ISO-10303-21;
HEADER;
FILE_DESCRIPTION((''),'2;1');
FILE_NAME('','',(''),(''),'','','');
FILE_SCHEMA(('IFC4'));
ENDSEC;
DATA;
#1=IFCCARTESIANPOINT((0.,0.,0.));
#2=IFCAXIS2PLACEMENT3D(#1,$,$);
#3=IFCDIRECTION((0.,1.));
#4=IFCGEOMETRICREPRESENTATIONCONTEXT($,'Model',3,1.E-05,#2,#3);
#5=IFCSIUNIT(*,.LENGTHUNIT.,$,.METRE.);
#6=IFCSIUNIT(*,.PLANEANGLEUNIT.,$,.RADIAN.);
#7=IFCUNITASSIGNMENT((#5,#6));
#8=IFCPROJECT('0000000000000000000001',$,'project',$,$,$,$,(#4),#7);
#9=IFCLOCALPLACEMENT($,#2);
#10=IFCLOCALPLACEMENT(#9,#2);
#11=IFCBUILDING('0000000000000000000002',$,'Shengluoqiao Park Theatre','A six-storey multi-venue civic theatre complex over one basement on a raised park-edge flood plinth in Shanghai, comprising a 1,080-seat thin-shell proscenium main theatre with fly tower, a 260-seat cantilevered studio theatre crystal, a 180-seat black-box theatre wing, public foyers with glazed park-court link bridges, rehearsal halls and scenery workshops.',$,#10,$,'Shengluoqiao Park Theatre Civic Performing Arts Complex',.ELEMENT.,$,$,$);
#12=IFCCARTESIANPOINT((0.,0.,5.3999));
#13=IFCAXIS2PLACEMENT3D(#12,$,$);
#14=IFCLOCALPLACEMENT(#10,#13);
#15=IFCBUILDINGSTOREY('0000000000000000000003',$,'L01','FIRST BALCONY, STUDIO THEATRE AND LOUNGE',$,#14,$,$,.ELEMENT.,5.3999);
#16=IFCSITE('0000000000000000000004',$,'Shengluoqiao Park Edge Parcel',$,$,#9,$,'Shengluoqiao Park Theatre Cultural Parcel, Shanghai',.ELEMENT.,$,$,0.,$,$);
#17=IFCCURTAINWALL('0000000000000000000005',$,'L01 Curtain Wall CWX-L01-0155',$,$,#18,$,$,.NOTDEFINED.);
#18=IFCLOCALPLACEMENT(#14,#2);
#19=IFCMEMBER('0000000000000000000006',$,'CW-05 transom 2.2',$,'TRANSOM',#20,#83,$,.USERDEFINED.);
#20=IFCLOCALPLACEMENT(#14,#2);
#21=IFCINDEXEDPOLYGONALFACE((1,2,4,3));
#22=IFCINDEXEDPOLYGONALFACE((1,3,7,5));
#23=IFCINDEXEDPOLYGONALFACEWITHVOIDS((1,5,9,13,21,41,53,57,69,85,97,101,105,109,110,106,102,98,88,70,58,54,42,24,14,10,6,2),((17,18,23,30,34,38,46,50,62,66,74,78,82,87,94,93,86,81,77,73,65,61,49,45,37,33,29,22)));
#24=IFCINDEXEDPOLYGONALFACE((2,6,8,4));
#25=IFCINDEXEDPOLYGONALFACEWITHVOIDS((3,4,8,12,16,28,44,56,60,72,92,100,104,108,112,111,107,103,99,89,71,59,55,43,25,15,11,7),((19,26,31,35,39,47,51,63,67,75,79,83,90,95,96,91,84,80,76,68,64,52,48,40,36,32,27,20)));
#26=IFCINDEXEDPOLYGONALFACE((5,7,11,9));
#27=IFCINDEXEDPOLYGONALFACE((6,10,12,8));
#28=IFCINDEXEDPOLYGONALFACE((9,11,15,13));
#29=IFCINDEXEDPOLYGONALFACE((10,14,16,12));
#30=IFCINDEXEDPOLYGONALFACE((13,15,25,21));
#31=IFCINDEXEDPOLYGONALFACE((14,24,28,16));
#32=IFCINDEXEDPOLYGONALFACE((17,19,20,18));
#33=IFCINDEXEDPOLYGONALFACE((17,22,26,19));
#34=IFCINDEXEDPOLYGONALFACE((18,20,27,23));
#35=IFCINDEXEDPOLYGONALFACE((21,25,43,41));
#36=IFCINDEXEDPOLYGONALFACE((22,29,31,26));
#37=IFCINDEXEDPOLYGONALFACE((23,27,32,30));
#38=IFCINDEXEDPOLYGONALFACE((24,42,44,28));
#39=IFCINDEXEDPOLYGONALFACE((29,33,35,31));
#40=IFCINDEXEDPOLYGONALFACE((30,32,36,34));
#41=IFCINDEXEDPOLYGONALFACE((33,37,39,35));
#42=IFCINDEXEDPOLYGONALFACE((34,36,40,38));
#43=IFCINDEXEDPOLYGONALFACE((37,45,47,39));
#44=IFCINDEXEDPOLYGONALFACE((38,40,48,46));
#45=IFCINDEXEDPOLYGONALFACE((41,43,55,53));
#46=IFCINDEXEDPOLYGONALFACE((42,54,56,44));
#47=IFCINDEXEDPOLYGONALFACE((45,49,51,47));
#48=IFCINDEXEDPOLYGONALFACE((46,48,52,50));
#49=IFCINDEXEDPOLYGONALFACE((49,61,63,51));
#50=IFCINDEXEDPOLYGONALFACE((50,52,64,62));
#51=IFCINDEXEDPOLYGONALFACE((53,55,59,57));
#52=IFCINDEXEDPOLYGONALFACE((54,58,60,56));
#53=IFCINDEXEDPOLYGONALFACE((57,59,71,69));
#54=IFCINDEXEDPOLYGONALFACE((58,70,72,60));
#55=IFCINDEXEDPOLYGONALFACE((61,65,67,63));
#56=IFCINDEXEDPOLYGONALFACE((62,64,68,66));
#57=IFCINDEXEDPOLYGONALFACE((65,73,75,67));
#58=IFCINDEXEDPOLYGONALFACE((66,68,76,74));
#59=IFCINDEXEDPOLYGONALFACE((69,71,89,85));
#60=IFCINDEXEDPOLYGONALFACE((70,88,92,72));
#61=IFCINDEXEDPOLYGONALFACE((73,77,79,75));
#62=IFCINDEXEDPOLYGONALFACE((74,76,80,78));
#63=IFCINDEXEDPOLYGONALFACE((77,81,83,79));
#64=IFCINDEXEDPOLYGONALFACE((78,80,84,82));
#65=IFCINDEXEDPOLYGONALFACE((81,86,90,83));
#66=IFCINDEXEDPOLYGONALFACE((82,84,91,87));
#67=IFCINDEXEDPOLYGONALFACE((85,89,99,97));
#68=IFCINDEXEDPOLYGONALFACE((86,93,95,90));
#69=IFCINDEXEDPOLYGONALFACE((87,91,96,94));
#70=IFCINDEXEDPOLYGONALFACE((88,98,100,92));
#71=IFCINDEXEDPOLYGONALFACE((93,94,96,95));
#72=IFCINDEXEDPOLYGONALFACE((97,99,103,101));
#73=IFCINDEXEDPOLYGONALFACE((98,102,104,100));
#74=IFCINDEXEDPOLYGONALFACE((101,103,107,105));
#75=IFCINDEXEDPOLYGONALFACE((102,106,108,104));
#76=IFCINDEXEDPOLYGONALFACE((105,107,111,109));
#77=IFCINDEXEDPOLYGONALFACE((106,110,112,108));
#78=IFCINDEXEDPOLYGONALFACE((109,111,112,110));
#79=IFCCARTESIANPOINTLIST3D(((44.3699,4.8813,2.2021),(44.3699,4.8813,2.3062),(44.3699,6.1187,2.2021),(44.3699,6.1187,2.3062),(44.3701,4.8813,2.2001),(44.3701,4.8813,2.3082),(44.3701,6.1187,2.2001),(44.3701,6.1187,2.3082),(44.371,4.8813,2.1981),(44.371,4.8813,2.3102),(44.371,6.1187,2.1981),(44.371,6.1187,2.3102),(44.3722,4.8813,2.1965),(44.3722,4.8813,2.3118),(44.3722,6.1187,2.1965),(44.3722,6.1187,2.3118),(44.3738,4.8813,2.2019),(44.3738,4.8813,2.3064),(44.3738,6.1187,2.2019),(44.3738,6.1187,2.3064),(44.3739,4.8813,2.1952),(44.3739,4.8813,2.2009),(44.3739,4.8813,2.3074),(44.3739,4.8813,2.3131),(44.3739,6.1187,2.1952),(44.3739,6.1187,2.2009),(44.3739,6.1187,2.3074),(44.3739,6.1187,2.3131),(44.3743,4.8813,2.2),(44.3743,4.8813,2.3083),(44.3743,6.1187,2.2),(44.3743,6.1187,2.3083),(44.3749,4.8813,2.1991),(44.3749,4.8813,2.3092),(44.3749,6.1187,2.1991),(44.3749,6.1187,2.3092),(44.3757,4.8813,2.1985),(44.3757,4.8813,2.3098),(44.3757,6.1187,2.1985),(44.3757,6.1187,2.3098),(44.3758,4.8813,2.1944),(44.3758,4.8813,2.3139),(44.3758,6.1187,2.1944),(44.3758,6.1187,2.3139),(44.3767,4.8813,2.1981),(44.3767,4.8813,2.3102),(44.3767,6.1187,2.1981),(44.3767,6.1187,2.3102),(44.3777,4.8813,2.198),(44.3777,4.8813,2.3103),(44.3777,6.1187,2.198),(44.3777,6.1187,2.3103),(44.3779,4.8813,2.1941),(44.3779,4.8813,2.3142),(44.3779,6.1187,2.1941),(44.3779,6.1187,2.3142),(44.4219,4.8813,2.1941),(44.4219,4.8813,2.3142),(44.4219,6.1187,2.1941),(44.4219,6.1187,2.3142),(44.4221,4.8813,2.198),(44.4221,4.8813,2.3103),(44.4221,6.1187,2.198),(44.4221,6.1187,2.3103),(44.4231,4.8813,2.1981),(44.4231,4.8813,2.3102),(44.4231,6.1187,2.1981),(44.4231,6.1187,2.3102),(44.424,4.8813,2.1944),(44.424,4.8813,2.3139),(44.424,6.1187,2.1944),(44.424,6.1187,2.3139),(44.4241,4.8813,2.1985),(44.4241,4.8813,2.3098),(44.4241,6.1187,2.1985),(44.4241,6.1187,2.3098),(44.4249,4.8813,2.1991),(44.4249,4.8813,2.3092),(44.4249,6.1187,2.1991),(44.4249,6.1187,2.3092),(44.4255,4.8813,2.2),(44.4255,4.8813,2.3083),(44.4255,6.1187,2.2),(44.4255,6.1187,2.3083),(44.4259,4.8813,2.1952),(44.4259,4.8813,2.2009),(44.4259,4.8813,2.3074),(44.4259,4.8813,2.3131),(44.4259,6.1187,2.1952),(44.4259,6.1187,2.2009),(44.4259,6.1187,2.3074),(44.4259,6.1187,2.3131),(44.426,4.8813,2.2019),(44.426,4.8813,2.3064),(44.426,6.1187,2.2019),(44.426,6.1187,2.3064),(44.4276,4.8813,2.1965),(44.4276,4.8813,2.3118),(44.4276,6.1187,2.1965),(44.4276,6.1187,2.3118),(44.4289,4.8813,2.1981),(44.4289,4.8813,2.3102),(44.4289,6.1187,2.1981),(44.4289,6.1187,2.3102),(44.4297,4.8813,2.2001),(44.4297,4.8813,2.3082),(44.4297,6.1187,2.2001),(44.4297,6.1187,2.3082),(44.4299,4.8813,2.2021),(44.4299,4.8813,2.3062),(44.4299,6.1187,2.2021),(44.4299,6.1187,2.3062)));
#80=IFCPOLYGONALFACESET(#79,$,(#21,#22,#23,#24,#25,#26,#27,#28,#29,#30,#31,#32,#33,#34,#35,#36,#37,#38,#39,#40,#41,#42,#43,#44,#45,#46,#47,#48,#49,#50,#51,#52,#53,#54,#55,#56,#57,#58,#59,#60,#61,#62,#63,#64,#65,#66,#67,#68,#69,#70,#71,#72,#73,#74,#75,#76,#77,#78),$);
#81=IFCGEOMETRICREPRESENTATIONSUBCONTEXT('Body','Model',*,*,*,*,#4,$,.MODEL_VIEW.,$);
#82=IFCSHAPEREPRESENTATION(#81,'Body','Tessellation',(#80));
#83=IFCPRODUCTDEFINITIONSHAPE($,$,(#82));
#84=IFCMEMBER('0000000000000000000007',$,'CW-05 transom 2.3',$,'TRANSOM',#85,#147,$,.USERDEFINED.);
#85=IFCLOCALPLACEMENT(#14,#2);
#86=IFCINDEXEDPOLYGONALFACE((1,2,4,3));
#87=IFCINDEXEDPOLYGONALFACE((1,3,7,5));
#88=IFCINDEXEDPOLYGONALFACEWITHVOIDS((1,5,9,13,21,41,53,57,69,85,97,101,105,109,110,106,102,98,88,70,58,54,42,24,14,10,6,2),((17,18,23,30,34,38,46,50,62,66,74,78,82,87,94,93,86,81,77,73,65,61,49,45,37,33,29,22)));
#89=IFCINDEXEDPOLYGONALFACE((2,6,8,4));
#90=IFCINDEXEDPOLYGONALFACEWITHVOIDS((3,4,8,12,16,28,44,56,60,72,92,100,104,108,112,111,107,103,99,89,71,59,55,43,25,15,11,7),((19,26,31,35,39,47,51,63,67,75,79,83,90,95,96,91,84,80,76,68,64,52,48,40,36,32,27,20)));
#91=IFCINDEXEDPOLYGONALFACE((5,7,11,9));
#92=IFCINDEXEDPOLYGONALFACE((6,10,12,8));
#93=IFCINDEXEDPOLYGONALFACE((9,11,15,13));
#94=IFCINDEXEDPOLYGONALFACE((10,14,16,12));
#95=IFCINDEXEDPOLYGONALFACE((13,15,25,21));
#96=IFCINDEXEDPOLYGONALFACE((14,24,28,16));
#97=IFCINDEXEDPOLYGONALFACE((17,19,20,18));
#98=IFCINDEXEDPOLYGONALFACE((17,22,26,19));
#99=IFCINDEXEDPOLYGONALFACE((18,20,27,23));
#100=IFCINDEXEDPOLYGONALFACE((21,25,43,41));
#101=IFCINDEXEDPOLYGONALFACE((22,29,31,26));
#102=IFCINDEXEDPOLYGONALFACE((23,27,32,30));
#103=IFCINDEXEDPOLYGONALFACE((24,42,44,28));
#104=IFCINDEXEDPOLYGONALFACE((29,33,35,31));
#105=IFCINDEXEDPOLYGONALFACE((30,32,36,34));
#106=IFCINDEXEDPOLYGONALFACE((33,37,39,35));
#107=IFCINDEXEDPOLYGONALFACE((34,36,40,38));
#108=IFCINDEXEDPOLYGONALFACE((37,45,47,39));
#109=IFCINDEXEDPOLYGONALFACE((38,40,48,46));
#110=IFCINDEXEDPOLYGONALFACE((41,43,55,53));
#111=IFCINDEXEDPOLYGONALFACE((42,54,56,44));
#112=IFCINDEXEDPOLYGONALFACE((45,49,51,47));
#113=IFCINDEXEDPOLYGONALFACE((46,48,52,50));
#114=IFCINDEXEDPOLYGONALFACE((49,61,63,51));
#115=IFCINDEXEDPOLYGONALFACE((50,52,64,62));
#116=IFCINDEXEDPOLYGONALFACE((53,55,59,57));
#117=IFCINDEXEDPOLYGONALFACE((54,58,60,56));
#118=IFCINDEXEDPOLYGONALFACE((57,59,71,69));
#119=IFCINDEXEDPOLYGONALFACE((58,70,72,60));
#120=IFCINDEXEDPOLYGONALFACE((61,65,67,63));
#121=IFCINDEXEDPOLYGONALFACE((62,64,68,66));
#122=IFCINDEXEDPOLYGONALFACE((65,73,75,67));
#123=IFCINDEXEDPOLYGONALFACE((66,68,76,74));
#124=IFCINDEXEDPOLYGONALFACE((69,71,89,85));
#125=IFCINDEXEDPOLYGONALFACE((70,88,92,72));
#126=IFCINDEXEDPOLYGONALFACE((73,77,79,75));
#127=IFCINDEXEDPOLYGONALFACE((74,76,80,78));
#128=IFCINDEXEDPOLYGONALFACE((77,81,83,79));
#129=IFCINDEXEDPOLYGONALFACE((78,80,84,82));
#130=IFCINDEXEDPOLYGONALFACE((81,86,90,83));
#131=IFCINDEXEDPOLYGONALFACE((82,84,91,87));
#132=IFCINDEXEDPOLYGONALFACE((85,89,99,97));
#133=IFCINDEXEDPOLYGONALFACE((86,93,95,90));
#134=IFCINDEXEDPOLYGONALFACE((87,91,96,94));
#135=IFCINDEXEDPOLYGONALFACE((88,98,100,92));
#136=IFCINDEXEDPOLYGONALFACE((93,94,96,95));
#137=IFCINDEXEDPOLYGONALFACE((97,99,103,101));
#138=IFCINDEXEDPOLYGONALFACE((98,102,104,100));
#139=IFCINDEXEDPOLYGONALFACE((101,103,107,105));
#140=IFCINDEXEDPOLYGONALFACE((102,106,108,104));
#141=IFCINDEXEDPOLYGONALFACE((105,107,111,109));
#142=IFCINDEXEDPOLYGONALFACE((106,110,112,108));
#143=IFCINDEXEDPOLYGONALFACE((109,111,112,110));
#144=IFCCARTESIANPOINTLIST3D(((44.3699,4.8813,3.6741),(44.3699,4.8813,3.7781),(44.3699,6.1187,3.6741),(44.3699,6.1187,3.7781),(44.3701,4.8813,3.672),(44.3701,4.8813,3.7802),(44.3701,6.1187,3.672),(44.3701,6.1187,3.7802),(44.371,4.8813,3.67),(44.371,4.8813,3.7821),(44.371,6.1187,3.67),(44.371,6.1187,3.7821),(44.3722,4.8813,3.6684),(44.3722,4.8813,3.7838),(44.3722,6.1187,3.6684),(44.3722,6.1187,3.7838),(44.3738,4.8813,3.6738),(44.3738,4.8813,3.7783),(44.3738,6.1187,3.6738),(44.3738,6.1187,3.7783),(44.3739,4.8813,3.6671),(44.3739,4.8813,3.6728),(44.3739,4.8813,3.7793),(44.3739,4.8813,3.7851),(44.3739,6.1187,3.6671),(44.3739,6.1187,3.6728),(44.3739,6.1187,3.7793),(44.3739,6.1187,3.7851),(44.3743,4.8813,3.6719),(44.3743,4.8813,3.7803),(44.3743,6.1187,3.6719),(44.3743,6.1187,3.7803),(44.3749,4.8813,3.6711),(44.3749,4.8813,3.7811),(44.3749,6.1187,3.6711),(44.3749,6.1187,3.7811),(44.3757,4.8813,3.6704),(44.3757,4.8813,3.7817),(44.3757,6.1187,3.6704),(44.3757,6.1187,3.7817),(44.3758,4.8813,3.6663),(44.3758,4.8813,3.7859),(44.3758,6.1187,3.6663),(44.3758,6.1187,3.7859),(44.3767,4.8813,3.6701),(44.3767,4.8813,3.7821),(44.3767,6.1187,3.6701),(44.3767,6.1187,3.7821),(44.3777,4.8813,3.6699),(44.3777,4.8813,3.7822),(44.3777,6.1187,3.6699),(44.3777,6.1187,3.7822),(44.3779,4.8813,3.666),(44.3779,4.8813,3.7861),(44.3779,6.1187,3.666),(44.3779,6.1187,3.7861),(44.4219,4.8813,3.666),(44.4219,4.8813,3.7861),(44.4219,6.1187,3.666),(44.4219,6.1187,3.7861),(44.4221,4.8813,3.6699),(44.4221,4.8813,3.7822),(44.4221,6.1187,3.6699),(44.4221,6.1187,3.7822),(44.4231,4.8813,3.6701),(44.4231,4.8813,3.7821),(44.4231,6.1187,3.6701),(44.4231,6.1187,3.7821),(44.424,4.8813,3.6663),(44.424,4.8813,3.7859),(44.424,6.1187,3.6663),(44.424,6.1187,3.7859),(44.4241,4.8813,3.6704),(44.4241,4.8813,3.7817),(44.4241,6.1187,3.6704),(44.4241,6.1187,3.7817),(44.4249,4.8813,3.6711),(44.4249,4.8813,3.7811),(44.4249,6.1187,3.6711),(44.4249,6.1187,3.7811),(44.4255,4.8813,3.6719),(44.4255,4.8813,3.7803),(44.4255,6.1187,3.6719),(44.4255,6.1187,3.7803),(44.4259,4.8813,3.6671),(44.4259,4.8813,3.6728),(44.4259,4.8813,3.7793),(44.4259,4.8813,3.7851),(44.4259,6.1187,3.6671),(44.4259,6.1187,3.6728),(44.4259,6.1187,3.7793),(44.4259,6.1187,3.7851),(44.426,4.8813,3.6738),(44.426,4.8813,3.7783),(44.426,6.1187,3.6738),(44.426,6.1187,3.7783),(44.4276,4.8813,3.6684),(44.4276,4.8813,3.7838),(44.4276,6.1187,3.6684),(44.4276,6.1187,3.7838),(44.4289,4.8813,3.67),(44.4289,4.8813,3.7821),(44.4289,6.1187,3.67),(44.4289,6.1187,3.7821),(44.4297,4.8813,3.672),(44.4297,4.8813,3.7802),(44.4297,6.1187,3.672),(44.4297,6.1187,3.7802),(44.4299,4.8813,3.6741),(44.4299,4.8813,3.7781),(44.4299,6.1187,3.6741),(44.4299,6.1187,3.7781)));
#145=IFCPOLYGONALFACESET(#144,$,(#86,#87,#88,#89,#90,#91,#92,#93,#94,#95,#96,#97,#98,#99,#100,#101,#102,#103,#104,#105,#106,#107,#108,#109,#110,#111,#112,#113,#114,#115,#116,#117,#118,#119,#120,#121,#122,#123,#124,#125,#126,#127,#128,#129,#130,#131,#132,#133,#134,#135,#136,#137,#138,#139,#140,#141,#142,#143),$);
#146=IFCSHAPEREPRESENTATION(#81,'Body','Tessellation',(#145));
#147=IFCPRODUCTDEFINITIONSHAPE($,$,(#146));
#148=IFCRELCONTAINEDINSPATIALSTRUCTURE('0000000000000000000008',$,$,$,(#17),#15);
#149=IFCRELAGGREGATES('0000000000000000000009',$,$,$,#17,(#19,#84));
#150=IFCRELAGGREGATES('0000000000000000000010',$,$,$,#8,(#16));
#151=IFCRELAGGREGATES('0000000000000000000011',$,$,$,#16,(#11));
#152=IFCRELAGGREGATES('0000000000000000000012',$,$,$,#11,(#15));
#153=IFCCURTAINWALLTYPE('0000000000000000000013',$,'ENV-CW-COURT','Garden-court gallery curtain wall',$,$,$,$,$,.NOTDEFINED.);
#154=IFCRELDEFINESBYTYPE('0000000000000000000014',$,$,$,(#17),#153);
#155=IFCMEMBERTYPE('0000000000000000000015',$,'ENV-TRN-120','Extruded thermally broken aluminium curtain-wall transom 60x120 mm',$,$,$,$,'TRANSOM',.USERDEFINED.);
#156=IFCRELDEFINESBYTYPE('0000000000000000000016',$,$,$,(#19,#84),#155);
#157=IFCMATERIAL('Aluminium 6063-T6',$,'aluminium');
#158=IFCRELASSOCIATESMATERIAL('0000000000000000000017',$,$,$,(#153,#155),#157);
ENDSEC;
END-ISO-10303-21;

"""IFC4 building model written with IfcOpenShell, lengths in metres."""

from ifc_helpers import new_model, si_unit, direction, frame, origin, origin_2d, place, context, subcontext, project, spatial, hollow_rectangle, extrude, material, material_profile, profile_set, type_object, element, aggregate, save


model = new_model("IFC4")

# Units and contexts
model_context = context("Model", 3, precision=1e-05, world=origin(), true_north=direction((0.0, 1.0)))
body_context = subcontext(model_context, "Body", "Model", "MODEL_VIEW")
ifc_project = project(units=[si_unit("LENGTHUNIT", "METRE"), si_unit("PLANEANGLEUNIT", "RADIAN")], contexts=[model_context])

# Site, building, storey
site_placement = place(None, origin())
site = spatial("IfcSite", under=ifc_project, at=site_placement, Name="Shengluoqiao Park Edge Parcel", LongName="Shengluoqiao Park Theatre Cultural Parcel, Shanghai", CompositionType="ELEMENT", RefElevation=0.0)
building_placement = place(site_placement, origin())
building = spatial("IfcBuilding", under=site, at=building_placement, Name="Shengluoqiao Park Theatre", Description="A six-storey multi-venue civic theatre complex over one basement on a raised park-edge flood plinth in Shanghai, comprising a 1,080-seat thin-shell proscenium main theatre with fly tower, a 260-seat cantilevered studio theatre crystal, a 180-seat black-box theatre wing, public foyers with glazed park-court link bridges, rehearsal halls and scenery workshops.", LongName="Shengluoqiao Park Theatre Civic Performing Arts Complex", CompositionType="ELEMENT")
storey_placement = place(building_placement, frame((0.0, 0.0, 5.3999)))
storey = spatial("IfcBuildingStorey", under=building, at=storey_placement, Name="L01", Description="FIRST BALCONY, STUDIO THEATRE AND LOUNGE", CompositionType="ELEMENT", Elevation=5.3999)

# Curtain wall, members
ifc_material_1 = material(Name="Aluminium 6063-T6", Category="aluminium")
curtain_wall_type = type_object("IfcCurtainWallType", Name="ENV-CW-COURT", Description="Garden-court gallery curtain wall", PredefinedType="NOTDEFINED", material=ifc_material_1)
curtain_wall_placement = place(storey_placement, origin())
curtain_wall = element("IfcCurtainWall", 1, at=curtain_wall_placement, inside=storey, type_object=curtain_wall_type, Name="L01 Curtain Wall CWX-L01-0155", PredefinedType="NOTDEFINED")
ifc_material_profile_1 = material_profile(ifc_material_1, hollow_rectangle(XDim=0.0601, YDim=0.1201, WallThickness=0.0039, InnerFilletRadius=0.0039, OuterFilletRadius=0.0081, at=origin_2d()), Name="ALU TRANSOM 120x60x4")
ifc_profile_set_1 = profile_set([ifc_material_profile_1], Name="Aluminium 6063-T6")
member_type_1 = type_object("IfcMemberType", Name="ENV-TRN-120", Description="Extruded thermally broken aluminium curtain-wall transom 60x120 mm", ElementType="TRANSOM", PredefinedType="USERDEFINED", material=ifc_profile_set_1)
member_1_placement = place(storey_placement, frame((44.3999, 4.8813, 2.2542), z_axis=(0.0, 1.0, 0.0), x_axis=(-1.0, 0.0, 0.0)))
member_1 = element("IfcMember", 2, at=member_1_placement, type_object=member_type_1, Name="CW-05 transom 2.2", ObjectType="TRANSOM", PredefinedType="USERDEFINED", context=body_context, shape_type="SweptSolid", body=[
    extrude(hollow_rectangle(XDim=0.0601, YDim=0.1201, WallThickness=0.0039, InnerFilletRadius=0.0039, OuterFilletRadius=0.0081, at=origin_2d()), origin(), (0.0, 0.0, 1.0), 1.2373),
])
member_2_placement = place(storey_placement, frame((44.3999, 4.8813, 3.7261), z_axis=(0.0, 1.0, 0.0), x_axis=(-1.0, 0.0, 0.0)))
member_2 = element("IfcMember", 3, at=member_2_placement, type_object=member_type_1, Name="CW-05 transom 2.3", ObjectType="TRANSOM", PredefinedType="USERDEFINED", context=body_context, shape_type="SweptSolid", body=[
    extrude(hollow_rectangle(XDim=0.0601, YDim=0.1201, WallThickness=0.0039, InnerFilletRadius=0.0039, OuterFilletRadius=0.0081, at=origin_2d()), origin(), (0.0, 0.0, 1.0), 1.2373),
])

aggregate(curtain_wall, [member_1, member_2])

save(model, "model.ifc")
